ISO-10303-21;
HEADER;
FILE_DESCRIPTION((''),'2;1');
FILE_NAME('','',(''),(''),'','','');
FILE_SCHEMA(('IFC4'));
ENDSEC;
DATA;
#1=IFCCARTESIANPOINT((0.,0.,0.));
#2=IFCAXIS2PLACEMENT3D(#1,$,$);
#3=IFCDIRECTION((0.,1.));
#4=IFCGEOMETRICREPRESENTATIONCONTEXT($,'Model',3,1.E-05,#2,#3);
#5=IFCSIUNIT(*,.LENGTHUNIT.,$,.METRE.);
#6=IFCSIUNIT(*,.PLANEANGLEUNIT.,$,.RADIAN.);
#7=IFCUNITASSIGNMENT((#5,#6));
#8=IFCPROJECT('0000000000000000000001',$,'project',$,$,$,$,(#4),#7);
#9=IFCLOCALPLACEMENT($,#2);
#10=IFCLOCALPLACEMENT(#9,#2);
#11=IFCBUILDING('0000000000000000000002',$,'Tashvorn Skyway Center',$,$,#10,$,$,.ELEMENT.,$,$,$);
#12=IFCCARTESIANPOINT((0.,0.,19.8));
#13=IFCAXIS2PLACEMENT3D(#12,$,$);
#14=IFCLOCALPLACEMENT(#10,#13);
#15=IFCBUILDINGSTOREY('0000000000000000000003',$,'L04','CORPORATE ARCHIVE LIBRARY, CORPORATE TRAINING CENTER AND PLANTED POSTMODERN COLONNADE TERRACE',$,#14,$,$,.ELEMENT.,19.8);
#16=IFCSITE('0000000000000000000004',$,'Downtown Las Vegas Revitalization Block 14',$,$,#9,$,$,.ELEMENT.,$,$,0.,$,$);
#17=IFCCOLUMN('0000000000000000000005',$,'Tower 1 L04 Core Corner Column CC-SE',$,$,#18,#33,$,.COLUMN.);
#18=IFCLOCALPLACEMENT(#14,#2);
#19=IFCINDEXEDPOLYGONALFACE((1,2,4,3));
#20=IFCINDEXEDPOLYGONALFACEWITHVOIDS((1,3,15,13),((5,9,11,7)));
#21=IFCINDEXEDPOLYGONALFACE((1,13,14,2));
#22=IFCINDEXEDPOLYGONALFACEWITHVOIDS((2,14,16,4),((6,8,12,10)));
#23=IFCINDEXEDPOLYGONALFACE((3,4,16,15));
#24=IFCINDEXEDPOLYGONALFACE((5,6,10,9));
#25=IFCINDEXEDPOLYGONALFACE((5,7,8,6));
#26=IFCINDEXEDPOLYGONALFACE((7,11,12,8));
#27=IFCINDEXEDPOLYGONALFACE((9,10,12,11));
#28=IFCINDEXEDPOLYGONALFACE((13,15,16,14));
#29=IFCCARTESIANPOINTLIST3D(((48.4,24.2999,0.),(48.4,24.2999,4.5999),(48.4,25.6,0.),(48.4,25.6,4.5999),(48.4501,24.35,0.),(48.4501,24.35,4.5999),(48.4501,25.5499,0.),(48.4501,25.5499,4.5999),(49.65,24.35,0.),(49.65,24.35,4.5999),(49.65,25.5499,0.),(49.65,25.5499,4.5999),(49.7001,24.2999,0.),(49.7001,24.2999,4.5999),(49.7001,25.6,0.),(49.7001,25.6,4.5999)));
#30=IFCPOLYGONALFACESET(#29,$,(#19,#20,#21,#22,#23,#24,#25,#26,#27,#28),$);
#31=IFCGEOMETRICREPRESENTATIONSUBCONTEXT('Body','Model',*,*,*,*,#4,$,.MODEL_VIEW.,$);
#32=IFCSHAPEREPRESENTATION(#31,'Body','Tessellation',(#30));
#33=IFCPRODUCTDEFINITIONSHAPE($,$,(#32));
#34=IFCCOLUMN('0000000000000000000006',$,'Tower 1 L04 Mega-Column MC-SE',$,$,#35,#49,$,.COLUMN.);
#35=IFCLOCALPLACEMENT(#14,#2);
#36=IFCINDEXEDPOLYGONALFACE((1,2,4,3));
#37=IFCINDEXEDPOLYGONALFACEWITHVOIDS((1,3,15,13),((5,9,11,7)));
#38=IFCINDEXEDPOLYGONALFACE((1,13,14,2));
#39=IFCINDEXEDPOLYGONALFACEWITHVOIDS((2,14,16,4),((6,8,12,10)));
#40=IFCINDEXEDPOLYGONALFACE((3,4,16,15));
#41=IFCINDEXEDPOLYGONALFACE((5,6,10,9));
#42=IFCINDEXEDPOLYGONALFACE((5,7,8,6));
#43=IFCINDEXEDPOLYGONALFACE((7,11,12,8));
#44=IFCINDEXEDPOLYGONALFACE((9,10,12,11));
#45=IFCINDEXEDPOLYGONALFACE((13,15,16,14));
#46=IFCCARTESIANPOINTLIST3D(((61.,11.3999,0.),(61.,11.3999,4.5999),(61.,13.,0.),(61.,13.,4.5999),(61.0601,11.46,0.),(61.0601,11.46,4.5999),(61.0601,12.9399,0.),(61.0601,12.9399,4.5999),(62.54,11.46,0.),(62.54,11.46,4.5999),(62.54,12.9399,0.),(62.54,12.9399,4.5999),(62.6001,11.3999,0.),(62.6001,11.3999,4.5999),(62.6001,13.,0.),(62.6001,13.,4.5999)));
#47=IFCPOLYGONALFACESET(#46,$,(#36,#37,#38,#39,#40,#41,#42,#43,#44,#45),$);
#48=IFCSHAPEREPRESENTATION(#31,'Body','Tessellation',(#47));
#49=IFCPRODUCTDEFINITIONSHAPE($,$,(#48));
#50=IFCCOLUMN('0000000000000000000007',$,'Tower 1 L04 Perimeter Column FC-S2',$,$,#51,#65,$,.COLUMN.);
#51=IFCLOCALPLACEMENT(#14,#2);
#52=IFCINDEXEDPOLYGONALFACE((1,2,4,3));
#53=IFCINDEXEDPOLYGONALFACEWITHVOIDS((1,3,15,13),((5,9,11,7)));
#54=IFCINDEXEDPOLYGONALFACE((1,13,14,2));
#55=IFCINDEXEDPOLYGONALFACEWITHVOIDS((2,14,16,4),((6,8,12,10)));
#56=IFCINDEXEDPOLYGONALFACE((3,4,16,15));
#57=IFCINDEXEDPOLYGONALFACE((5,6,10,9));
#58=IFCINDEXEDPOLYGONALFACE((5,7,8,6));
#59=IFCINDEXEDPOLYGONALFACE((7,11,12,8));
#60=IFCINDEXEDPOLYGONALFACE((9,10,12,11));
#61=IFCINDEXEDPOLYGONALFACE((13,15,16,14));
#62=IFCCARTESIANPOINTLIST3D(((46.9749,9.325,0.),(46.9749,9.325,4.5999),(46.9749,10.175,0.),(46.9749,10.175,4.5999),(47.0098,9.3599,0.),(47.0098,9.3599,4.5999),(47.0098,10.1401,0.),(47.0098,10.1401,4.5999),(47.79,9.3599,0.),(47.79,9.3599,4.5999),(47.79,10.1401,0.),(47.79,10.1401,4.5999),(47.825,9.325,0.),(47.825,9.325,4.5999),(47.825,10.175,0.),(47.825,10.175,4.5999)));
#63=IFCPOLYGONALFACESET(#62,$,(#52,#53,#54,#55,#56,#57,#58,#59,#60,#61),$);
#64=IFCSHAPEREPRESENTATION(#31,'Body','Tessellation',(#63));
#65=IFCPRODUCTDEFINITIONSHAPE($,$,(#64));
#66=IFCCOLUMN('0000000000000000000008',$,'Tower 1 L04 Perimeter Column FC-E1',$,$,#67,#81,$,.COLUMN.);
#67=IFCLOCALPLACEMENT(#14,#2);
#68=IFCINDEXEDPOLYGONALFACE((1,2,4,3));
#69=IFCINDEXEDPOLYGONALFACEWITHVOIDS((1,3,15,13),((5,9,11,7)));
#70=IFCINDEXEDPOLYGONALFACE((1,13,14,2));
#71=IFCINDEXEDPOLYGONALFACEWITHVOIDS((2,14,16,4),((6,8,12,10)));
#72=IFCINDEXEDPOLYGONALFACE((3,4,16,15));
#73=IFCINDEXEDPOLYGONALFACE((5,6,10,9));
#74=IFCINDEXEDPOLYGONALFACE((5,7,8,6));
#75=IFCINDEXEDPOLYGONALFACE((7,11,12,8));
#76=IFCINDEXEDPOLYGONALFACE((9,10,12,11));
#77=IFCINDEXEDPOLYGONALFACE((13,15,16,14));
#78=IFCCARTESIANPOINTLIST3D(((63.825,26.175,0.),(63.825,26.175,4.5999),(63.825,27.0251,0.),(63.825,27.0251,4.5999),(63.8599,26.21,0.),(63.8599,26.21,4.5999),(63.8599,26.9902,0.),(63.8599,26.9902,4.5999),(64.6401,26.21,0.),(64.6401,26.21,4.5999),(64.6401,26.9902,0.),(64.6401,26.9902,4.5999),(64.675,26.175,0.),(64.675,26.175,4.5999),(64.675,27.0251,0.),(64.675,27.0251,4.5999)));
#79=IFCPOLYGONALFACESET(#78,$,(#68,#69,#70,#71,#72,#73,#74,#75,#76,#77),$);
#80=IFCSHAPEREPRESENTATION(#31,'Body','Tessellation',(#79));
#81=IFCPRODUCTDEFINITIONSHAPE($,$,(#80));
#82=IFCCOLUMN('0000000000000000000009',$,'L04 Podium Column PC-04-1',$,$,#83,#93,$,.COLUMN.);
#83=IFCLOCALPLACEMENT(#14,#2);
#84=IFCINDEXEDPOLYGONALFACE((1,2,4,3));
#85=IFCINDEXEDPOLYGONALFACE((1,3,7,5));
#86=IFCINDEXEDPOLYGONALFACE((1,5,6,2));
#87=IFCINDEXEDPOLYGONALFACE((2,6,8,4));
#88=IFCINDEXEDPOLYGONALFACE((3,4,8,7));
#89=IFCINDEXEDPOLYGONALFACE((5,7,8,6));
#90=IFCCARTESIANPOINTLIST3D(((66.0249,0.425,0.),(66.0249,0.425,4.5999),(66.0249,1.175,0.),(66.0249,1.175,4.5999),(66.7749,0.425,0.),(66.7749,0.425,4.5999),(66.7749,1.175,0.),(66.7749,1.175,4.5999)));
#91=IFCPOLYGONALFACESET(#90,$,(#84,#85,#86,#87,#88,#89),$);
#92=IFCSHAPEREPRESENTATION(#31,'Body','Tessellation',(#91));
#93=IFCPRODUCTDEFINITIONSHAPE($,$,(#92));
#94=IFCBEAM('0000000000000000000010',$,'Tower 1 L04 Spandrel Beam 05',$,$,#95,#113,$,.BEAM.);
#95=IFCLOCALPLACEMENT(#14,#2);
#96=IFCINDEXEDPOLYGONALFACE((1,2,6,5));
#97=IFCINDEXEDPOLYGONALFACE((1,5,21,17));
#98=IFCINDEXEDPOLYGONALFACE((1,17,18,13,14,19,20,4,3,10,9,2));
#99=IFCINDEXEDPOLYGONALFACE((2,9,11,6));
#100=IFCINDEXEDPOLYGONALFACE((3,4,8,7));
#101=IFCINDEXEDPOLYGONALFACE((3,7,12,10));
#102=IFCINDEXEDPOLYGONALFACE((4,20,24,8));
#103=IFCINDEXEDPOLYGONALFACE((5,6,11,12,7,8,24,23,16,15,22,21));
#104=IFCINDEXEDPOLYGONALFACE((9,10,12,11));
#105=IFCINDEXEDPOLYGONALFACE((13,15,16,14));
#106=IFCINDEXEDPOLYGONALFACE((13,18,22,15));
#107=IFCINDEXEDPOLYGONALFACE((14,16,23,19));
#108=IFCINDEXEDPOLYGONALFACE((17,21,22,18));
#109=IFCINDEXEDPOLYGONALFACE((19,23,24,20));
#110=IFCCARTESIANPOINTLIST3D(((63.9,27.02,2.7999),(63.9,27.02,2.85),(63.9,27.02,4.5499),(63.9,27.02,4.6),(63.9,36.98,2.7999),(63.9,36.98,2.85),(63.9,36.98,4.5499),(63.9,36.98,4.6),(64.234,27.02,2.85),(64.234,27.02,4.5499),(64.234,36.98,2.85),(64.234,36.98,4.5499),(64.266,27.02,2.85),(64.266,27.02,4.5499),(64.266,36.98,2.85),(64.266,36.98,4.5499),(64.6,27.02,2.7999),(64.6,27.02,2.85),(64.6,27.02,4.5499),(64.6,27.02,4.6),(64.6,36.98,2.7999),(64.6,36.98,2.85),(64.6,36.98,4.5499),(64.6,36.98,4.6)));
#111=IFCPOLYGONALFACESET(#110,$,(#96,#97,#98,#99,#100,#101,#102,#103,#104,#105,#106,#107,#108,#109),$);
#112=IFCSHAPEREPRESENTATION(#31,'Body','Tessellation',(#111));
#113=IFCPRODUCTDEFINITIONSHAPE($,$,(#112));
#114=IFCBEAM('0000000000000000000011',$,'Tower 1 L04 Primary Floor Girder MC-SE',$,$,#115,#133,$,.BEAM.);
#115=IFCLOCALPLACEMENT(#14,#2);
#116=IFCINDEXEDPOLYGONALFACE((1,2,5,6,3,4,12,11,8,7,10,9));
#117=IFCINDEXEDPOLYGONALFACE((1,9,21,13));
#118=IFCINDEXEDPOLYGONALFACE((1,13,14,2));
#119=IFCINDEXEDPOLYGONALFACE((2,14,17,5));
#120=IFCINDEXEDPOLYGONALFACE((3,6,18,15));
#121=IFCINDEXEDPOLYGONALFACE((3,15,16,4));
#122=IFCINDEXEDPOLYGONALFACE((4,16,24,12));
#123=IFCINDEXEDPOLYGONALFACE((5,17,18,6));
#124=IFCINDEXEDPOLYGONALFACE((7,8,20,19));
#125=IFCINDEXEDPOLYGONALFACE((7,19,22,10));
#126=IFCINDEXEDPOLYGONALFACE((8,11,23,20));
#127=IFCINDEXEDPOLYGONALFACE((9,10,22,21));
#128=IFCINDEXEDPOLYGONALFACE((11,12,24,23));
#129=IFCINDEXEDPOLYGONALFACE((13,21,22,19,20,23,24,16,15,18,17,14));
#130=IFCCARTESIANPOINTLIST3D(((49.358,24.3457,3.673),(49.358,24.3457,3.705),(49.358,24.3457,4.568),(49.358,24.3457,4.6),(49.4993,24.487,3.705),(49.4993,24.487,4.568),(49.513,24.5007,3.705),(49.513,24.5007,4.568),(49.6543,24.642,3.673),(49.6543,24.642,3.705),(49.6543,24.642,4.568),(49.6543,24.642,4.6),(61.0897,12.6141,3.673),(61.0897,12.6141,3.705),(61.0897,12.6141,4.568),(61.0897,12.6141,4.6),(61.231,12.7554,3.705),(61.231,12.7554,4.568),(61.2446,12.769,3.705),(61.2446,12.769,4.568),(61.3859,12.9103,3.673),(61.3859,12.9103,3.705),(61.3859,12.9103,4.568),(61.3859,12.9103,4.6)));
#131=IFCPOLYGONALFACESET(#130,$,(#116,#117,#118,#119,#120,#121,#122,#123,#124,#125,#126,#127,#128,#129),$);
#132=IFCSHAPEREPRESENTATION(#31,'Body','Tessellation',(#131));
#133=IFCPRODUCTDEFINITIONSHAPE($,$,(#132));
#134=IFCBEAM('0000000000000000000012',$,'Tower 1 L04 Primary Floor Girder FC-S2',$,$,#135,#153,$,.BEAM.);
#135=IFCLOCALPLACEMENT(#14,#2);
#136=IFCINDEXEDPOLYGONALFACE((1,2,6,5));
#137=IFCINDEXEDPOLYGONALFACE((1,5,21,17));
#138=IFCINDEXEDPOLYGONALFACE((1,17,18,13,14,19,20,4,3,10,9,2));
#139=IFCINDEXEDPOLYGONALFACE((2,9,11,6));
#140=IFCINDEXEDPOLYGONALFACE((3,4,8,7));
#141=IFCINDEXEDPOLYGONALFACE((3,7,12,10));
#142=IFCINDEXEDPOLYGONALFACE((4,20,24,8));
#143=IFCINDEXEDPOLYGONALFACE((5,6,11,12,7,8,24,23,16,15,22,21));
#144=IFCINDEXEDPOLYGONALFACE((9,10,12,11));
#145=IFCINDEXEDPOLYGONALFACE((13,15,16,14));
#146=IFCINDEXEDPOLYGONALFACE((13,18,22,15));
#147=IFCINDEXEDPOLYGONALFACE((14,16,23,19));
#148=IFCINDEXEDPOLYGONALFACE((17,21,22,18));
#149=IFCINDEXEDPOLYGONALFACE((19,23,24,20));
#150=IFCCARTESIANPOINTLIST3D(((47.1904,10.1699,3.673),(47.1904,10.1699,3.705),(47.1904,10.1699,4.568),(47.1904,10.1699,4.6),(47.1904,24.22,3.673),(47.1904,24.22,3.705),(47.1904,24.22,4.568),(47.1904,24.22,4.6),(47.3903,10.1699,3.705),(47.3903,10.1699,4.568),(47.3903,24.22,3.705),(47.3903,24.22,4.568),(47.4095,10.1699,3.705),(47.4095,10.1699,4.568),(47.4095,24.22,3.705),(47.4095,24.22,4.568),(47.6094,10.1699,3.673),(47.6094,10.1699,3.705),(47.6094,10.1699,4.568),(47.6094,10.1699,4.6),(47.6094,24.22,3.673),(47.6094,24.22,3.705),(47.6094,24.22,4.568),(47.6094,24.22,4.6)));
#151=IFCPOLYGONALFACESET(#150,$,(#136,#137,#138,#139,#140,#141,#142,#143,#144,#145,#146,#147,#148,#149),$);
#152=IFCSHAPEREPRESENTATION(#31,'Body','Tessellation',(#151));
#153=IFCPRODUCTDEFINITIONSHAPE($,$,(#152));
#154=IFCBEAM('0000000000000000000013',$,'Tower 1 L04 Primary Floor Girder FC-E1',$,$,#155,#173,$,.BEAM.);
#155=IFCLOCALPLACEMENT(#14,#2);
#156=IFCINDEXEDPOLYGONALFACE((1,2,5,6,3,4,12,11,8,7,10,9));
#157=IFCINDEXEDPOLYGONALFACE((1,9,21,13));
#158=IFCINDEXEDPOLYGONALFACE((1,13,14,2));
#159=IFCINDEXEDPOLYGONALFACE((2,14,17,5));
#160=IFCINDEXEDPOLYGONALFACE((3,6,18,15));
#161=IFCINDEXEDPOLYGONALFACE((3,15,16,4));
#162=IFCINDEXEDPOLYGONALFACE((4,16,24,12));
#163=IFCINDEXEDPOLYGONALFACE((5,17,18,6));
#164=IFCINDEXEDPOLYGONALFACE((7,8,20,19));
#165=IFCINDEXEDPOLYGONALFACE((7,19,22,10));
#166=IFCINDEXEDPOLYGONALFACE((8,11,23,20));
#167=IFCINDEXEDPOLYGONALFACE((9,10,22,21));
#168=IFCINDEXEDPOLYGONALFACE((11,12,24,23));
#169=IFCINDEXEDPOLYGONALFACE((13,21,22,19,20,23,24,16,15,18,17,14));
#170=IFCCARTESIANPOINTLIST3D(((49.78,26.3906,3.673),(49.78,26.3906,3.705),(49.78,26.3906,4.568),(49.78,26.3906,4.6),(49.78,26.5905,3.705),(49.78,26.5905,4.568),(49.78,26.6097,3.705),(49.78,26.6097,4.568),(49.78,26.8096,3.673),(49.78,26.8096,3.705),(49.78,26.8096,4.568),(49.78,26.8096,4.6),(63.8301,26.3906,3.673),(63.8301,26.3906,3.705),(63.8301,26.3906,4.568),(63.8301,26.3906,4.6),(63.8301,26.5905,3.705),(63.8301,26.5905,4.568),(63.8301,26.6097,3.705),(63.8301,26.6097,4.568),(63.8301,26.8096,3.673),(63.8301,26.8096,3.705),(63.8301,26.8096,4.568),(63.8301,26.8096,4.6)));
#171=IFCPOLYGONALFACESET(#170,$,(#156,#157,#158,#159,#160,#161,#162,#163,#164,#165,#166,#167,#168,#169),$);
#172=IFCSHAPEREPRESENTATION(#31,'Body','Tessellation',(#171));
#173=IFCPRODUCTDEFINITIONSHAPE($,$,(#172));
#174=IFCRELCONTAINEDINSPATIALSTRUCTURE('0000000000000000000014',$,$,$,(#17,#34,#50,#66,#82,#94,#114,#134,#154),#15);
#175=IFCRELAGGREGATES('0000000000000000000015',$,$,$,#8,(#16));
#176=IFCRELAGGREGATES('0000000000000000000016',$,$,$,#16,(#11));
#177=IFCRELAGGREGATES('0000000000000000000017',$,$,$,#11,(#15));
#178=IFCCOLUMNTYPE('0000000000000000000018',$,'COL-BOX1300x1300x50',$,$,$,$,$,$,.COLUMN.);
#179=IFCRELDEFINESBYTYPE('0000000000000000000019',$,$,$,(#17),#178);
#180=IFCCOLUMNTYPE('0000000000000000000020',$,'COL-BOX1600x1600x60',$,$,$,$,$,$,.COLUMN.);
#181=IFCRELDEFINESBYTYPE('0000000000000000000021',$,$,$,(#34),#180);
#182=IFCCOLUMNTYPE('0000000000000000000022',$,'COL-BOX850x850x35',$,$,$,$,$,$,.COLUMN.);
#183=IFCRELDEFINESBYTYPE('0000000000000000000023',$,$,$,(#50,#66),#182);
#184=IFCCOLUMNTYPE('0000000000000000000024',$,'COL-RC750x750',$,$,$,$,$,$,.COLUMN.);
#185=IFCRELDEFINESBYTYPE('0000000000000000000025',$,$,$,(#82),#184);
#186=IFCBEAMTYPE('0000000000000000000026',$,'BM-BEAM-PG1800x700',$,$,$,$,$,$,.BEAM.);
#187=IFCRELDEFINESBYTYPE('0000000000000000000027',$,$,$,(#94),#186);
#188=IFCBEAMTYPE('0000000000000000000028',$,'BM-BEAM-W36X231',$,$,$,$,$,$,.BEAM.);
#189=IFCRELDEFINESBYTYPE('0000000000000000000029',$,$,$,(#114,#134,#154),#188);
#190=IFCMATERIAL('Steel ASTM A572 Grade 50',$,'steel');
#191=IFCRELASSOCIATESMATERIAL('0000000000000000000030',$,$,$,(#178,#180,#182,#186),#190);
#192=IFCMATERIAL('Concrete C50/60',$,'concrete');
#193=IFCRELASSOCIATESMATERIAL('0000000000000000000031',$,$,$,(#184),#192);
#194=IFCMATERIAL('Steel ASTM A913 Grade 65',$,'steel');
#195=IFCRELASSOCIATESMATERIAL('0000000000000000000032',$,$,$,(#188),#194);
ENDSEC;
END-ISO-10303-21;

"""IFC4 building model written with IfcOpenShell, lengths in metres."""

from ifc_helpers import new_model, si_unit, direction, frame, origin, origin_2d, place, context, subcontext, project, spatial, rectangle, hollow_rectangle, i_section, extrude, material, material_profile, profile_set, type_object, element, save


model = new_model("IFC4")

# Units and contexts
model_context = context("Model", 3, precision=1e-05, world=origin(), true_north=direction((0.0, 1.0)))
body_context = subcontext(model_context, "Body", "Model", "MODEL_VIEW")
ifc_project = project(units=[si_unit("LENGTHUNIT", "METRE"), si_unit("PLANEANGLEUNIT", "RADIAN")], contexts=[model_context])

# Site, building, storey
site_placement = place(None, origin())
site = spatial("IfcSite", under=ifc_project, at=site_placement, Name="Downtown Las Vegas Revitalization Block 14", CompositionType="ELEMENT", RefElevation=0.0)
building_placement = place(site_placement, origin())
building = spatial("IfcBuilding", under=site, at=building_placement, Name="Tashvorn Skyway Center", CompositionType="ELEMENT")
storey_placement = place(building_placement, frame((0.0, 0.0, 19.8)))
storey = spatial("IfcBuildingStorey", under=building, at=storey_placement, Name="L04", Description="CORPORATE ARCHIVE LIBRARY, CORPORATE TRAINING CENTER AND PLANTED POSTMODERN COLONNADE TERRACE", CompositionType="ELEMENT", Elevation=19.8)

# Columns
ifc_material_1 = material(Name="Steel ASTM A572 Grade 50", Category="steel")
ifc_material_profile_1 = material_profile(ifc_material_1, hollow_rectangle(XDim=1.3, YDim=1.3, WallThickness=0.05, at=origin_2d()), Name="BOX1300x1300x50")
ifc_profile_set_1 = profile_set([ifc_material_profile_1], Name="Steel ASTM A572 Grade 50")
column_type_1 = type_object("IfcColumnType", Name="COL-BOX1300x1300x50", PredefinedType="COLUMN", material=ifc_profile_set_1)
column_1_placement = place(storey_placement, frame((49.05, 24.95, 0.0), z_axis=(0.0, 0.0, 1.0), x_axis=(1.0, 0.0, 0.0)))
element("IfcColumn", 1, at=column_1_placement, inside=storey, type_object=column_type_1, Name="Tower 1 L04 Core Corner Column CC-SE", PredefinedType="COLUMN", context=body_context, shape_type="SweptSolid", body=[
    extrude(hollow_rectangle(XDim=1.3, YDim=1.3, WallThickness=0.05, at=origin_2d()), origin(), (0.0, 0.0, 1.0), 4.5999),
])
ifc_material_profile_2 = material_profile(ifc_material_1, hollow_rectangle(XDim=1.6001, YDim=1.6001, WallThickness=0.0601, at=origin_2d()), Name="BOX1600x1600x60")
ifc_profile_set_2 = profile_set([ifc_material_profile_2], Name="Steel ASTM A572 Grade 50")
column_type_2 = type_object("IfcColumnType", Name="COL-BOX1600x1600x60", PredefinedType="COLUMN", material=ifc_profile_set_2)
column_2_placement = place(storey_placement, frame((61.8, 12.2, 0.0), z_axis=(0.0, 0.0, 1.0), x_axis=(1.0, 0.0, 0.0)))
element("IfcColumn", 2, at=column_2_placement, inside=storey, type_object=column_type_2, Name="Tower 1 L04 Mega-Column MC-SE", PredefinedType="COLUMN", context=body_context, shape_type="SweptSolid", body=[
    extrude(hollow_rectangle(XDim=1.6001, YDim=1.6001, WallThickness=0.0601, at=origin_2d()), origin(), (0.0, 0.0, 1.0), 4.5999),
])
ifc_material_profile_3 = material_profile(ifc_material_1, hollow_rectangle(XDim=0.8501, YDim=0.8501, WallThickness=0.0349, at=origin_2d()), Name="BOX850x850x35")
ifc_profile_set_3 = profile_set([ifc_material_profile_3], Name="Steel ASTM A572 Grade 50")
column_type_3 = type_object("IfcColumnType", Name="COL-BOX850x850x35", PredefinedType="COLUMN", material=ifc_profile_set_3)
for number, where, z_axis, x_axis, name in (
    (3, (47.3999, 9.75, 0.0), (0.0, 0.0, 1.0), (1.0, 0.0, 0.0), "Tower 1 L04 Perimeter Column FC-S2"),
    (4, (64.25, 26.6001, 0.0), (0.0, 0.0, 1.0), (1.0, 0.0, 0.0), "Tower 1 L04 Perimeter Column FC-E1"),
):
    element("IfcColumn", number, at=place(storey_placement, frame(where, z_axis=z_axis, x_axis=x_axis)), inside=storey, type_object=column_type_3, Name=name, PredefinedType="COLUMN", context=body_context, shape_type="SweptSolid", body=[
        extrude(hollow_rectangle(XDim=0.8501, YDim=0.8501, WallThickness=0.0349, at=origin_2d()), origin(), (0.0, 0.0, 1.0), 4.5999),
    ])
ifc_material_2 = material(Name="Concrete C50/60", Category="concrete")
ifc_material_profile_4 = material_profile(ifc_material_2, rectangle(XDim=0.75, YDim=0.75, at=origin_2d()), Name="RC750x750")
ifc_profile_set_4 = profile_set([ifc_material_profile_4], Name="Concrete C50/60")
column_type_4 = type_object("IfcColumnType", Name="COL-RC750x750", PredefinedType="COLUMN", material=ifc_profile_set_4)
column_3_placement = place(storey_placement, frame((66.3999, 0.8, 0.0), z_axis=(0.0, 0.0, 1.0), x_axis=(1.0, 0.0, 0.0)))
element("IfcColumn", 5, at=column_3_placement, inside=storey, type_object=column_type_4, Name="L04 Podium Column PC-04-1", PredefinedType="COLUMN", context=body_context, shape_type="SweptSolid", body=[
    extrude(rectangle(XDim=0.75, YDim=0.75, at=origin_2d()), origin(), (0.0, 0.0, 1.0), 4.5999),
])

# Beams
ifc_material_profile_5 = material_profile(ifc_material_1, i_section(OverallWidth=0.7, OverallDepth=1.8, WebThickness=0.032, FlangeThickness=0.05, at=origin_2d()), Name="PG1800x700")
ifc_profile_set_5 = profile_set([ifc_material_profile_5], Name="Steel ASTM A572 Grade 50")
beam_type_1 = type_object("IfcBeamType", Name="BM-BEAM-PG1800x700", PredefinedType="BEAM", material=ifc_profile_set_5)
beam_1_placement = place(storey_placement, frame((64.25, 27.02, 3.7), z_axis=(0.0, 1.0, 0.0), x_axis=(-1.0, 0.0, 0.0)))
element("IfcBeam", 6, at=beam_1_placement, inside=storey, type_object=beam_type_1, Name="Tower 1 L04 Spandrel Beam 05", PredefinedType="BEAM", context=body_context, shape_type="SweptSolid", body=[
    extrude(i_section(OverallWidth=0.7, OverallDepth=1.8, WebThickness=0.032, FlangeThickness=0.05, at=origin_2d()), origin(), (0.0, 0.0, 1.0), 9.96),
])
ifc_material_3 = material(Name="Steel ASTM A913 Grade 65", Category="steel")
ifc_material_profile_6 = material_profile(ifc_material_3, i_section(OverallWidth=0.4189, OverallDepth=0.927, WebThickness=0.0193, FlangeThickness=0.032, at=origin_2d()), Name="W36X231")
ifc_profile_set_6 = profile_set([ifc_material_profile_6], Name="Steel ASTM A913 Grade 65")
beam_type_2 = type_object("IfcBeamType", Name="BM-BEAM-W36X231", PredefinedType="BEAM", material=ifc_profile_set_6)
beam_2_placement = place(storey_placement, frame((61.2378, 12.7622, 4.1365), z_axis=(-0.707107, 0.707107, 0.0), x_axis=(-0.707107, -0.707107, 0.0)))
element("IfcBeam", 7, at=beam_2_placement, inside=storey, type_object=beam_type_2, Name="Tower 1 L04 Primary Floor Girder MC-SE", PredefinedType="BEAM", context=body_context, shape_type="SweptSolid", body=[
    extrude(i_section(OverallWidth=0.4189, OverallDepth=0.927, WebThickness=0.0193, FlangeThickness=0.032, at=origin_2d()), origin(), (0.0, 0.0, 1.0), 16.5911),
])
for number, where, z_axis, x_axis, name in (
    (8, (47.3999, 10.1699, 4.1365), (0.0, 1.0, 0.0), (-1.0, 0.0, 0.0), "Tower 1 L04 Primary Floor Girder FC-S2"),
    (9, (63.8301, 26.6001, 4.1365), (-1.0, 0.0, 0.0), (0.0, -1.0, 0.0), "Tower 1 L04 Primary Floor Girder FC-E1"),
):
    element("IfcBeam", number, at=place(storey_placement, frame(where, z_axis=z_axis, x_axis=x_axis)), inside=storey, type_object=beam_type_2, Name=name, PredefinedType="BEAM", context=body_context, shape_type="SweptSolid", body=[
        extrude(i_section(OverallWidth=0.4189, OverallDepth=0.927, WebThickness=0.0193, FlangeThickness=0.032, at=origin_2d()), origin(), (0.0, 0.0, 1.0), 14.05),
    ])

save(model, "model.ifc")
